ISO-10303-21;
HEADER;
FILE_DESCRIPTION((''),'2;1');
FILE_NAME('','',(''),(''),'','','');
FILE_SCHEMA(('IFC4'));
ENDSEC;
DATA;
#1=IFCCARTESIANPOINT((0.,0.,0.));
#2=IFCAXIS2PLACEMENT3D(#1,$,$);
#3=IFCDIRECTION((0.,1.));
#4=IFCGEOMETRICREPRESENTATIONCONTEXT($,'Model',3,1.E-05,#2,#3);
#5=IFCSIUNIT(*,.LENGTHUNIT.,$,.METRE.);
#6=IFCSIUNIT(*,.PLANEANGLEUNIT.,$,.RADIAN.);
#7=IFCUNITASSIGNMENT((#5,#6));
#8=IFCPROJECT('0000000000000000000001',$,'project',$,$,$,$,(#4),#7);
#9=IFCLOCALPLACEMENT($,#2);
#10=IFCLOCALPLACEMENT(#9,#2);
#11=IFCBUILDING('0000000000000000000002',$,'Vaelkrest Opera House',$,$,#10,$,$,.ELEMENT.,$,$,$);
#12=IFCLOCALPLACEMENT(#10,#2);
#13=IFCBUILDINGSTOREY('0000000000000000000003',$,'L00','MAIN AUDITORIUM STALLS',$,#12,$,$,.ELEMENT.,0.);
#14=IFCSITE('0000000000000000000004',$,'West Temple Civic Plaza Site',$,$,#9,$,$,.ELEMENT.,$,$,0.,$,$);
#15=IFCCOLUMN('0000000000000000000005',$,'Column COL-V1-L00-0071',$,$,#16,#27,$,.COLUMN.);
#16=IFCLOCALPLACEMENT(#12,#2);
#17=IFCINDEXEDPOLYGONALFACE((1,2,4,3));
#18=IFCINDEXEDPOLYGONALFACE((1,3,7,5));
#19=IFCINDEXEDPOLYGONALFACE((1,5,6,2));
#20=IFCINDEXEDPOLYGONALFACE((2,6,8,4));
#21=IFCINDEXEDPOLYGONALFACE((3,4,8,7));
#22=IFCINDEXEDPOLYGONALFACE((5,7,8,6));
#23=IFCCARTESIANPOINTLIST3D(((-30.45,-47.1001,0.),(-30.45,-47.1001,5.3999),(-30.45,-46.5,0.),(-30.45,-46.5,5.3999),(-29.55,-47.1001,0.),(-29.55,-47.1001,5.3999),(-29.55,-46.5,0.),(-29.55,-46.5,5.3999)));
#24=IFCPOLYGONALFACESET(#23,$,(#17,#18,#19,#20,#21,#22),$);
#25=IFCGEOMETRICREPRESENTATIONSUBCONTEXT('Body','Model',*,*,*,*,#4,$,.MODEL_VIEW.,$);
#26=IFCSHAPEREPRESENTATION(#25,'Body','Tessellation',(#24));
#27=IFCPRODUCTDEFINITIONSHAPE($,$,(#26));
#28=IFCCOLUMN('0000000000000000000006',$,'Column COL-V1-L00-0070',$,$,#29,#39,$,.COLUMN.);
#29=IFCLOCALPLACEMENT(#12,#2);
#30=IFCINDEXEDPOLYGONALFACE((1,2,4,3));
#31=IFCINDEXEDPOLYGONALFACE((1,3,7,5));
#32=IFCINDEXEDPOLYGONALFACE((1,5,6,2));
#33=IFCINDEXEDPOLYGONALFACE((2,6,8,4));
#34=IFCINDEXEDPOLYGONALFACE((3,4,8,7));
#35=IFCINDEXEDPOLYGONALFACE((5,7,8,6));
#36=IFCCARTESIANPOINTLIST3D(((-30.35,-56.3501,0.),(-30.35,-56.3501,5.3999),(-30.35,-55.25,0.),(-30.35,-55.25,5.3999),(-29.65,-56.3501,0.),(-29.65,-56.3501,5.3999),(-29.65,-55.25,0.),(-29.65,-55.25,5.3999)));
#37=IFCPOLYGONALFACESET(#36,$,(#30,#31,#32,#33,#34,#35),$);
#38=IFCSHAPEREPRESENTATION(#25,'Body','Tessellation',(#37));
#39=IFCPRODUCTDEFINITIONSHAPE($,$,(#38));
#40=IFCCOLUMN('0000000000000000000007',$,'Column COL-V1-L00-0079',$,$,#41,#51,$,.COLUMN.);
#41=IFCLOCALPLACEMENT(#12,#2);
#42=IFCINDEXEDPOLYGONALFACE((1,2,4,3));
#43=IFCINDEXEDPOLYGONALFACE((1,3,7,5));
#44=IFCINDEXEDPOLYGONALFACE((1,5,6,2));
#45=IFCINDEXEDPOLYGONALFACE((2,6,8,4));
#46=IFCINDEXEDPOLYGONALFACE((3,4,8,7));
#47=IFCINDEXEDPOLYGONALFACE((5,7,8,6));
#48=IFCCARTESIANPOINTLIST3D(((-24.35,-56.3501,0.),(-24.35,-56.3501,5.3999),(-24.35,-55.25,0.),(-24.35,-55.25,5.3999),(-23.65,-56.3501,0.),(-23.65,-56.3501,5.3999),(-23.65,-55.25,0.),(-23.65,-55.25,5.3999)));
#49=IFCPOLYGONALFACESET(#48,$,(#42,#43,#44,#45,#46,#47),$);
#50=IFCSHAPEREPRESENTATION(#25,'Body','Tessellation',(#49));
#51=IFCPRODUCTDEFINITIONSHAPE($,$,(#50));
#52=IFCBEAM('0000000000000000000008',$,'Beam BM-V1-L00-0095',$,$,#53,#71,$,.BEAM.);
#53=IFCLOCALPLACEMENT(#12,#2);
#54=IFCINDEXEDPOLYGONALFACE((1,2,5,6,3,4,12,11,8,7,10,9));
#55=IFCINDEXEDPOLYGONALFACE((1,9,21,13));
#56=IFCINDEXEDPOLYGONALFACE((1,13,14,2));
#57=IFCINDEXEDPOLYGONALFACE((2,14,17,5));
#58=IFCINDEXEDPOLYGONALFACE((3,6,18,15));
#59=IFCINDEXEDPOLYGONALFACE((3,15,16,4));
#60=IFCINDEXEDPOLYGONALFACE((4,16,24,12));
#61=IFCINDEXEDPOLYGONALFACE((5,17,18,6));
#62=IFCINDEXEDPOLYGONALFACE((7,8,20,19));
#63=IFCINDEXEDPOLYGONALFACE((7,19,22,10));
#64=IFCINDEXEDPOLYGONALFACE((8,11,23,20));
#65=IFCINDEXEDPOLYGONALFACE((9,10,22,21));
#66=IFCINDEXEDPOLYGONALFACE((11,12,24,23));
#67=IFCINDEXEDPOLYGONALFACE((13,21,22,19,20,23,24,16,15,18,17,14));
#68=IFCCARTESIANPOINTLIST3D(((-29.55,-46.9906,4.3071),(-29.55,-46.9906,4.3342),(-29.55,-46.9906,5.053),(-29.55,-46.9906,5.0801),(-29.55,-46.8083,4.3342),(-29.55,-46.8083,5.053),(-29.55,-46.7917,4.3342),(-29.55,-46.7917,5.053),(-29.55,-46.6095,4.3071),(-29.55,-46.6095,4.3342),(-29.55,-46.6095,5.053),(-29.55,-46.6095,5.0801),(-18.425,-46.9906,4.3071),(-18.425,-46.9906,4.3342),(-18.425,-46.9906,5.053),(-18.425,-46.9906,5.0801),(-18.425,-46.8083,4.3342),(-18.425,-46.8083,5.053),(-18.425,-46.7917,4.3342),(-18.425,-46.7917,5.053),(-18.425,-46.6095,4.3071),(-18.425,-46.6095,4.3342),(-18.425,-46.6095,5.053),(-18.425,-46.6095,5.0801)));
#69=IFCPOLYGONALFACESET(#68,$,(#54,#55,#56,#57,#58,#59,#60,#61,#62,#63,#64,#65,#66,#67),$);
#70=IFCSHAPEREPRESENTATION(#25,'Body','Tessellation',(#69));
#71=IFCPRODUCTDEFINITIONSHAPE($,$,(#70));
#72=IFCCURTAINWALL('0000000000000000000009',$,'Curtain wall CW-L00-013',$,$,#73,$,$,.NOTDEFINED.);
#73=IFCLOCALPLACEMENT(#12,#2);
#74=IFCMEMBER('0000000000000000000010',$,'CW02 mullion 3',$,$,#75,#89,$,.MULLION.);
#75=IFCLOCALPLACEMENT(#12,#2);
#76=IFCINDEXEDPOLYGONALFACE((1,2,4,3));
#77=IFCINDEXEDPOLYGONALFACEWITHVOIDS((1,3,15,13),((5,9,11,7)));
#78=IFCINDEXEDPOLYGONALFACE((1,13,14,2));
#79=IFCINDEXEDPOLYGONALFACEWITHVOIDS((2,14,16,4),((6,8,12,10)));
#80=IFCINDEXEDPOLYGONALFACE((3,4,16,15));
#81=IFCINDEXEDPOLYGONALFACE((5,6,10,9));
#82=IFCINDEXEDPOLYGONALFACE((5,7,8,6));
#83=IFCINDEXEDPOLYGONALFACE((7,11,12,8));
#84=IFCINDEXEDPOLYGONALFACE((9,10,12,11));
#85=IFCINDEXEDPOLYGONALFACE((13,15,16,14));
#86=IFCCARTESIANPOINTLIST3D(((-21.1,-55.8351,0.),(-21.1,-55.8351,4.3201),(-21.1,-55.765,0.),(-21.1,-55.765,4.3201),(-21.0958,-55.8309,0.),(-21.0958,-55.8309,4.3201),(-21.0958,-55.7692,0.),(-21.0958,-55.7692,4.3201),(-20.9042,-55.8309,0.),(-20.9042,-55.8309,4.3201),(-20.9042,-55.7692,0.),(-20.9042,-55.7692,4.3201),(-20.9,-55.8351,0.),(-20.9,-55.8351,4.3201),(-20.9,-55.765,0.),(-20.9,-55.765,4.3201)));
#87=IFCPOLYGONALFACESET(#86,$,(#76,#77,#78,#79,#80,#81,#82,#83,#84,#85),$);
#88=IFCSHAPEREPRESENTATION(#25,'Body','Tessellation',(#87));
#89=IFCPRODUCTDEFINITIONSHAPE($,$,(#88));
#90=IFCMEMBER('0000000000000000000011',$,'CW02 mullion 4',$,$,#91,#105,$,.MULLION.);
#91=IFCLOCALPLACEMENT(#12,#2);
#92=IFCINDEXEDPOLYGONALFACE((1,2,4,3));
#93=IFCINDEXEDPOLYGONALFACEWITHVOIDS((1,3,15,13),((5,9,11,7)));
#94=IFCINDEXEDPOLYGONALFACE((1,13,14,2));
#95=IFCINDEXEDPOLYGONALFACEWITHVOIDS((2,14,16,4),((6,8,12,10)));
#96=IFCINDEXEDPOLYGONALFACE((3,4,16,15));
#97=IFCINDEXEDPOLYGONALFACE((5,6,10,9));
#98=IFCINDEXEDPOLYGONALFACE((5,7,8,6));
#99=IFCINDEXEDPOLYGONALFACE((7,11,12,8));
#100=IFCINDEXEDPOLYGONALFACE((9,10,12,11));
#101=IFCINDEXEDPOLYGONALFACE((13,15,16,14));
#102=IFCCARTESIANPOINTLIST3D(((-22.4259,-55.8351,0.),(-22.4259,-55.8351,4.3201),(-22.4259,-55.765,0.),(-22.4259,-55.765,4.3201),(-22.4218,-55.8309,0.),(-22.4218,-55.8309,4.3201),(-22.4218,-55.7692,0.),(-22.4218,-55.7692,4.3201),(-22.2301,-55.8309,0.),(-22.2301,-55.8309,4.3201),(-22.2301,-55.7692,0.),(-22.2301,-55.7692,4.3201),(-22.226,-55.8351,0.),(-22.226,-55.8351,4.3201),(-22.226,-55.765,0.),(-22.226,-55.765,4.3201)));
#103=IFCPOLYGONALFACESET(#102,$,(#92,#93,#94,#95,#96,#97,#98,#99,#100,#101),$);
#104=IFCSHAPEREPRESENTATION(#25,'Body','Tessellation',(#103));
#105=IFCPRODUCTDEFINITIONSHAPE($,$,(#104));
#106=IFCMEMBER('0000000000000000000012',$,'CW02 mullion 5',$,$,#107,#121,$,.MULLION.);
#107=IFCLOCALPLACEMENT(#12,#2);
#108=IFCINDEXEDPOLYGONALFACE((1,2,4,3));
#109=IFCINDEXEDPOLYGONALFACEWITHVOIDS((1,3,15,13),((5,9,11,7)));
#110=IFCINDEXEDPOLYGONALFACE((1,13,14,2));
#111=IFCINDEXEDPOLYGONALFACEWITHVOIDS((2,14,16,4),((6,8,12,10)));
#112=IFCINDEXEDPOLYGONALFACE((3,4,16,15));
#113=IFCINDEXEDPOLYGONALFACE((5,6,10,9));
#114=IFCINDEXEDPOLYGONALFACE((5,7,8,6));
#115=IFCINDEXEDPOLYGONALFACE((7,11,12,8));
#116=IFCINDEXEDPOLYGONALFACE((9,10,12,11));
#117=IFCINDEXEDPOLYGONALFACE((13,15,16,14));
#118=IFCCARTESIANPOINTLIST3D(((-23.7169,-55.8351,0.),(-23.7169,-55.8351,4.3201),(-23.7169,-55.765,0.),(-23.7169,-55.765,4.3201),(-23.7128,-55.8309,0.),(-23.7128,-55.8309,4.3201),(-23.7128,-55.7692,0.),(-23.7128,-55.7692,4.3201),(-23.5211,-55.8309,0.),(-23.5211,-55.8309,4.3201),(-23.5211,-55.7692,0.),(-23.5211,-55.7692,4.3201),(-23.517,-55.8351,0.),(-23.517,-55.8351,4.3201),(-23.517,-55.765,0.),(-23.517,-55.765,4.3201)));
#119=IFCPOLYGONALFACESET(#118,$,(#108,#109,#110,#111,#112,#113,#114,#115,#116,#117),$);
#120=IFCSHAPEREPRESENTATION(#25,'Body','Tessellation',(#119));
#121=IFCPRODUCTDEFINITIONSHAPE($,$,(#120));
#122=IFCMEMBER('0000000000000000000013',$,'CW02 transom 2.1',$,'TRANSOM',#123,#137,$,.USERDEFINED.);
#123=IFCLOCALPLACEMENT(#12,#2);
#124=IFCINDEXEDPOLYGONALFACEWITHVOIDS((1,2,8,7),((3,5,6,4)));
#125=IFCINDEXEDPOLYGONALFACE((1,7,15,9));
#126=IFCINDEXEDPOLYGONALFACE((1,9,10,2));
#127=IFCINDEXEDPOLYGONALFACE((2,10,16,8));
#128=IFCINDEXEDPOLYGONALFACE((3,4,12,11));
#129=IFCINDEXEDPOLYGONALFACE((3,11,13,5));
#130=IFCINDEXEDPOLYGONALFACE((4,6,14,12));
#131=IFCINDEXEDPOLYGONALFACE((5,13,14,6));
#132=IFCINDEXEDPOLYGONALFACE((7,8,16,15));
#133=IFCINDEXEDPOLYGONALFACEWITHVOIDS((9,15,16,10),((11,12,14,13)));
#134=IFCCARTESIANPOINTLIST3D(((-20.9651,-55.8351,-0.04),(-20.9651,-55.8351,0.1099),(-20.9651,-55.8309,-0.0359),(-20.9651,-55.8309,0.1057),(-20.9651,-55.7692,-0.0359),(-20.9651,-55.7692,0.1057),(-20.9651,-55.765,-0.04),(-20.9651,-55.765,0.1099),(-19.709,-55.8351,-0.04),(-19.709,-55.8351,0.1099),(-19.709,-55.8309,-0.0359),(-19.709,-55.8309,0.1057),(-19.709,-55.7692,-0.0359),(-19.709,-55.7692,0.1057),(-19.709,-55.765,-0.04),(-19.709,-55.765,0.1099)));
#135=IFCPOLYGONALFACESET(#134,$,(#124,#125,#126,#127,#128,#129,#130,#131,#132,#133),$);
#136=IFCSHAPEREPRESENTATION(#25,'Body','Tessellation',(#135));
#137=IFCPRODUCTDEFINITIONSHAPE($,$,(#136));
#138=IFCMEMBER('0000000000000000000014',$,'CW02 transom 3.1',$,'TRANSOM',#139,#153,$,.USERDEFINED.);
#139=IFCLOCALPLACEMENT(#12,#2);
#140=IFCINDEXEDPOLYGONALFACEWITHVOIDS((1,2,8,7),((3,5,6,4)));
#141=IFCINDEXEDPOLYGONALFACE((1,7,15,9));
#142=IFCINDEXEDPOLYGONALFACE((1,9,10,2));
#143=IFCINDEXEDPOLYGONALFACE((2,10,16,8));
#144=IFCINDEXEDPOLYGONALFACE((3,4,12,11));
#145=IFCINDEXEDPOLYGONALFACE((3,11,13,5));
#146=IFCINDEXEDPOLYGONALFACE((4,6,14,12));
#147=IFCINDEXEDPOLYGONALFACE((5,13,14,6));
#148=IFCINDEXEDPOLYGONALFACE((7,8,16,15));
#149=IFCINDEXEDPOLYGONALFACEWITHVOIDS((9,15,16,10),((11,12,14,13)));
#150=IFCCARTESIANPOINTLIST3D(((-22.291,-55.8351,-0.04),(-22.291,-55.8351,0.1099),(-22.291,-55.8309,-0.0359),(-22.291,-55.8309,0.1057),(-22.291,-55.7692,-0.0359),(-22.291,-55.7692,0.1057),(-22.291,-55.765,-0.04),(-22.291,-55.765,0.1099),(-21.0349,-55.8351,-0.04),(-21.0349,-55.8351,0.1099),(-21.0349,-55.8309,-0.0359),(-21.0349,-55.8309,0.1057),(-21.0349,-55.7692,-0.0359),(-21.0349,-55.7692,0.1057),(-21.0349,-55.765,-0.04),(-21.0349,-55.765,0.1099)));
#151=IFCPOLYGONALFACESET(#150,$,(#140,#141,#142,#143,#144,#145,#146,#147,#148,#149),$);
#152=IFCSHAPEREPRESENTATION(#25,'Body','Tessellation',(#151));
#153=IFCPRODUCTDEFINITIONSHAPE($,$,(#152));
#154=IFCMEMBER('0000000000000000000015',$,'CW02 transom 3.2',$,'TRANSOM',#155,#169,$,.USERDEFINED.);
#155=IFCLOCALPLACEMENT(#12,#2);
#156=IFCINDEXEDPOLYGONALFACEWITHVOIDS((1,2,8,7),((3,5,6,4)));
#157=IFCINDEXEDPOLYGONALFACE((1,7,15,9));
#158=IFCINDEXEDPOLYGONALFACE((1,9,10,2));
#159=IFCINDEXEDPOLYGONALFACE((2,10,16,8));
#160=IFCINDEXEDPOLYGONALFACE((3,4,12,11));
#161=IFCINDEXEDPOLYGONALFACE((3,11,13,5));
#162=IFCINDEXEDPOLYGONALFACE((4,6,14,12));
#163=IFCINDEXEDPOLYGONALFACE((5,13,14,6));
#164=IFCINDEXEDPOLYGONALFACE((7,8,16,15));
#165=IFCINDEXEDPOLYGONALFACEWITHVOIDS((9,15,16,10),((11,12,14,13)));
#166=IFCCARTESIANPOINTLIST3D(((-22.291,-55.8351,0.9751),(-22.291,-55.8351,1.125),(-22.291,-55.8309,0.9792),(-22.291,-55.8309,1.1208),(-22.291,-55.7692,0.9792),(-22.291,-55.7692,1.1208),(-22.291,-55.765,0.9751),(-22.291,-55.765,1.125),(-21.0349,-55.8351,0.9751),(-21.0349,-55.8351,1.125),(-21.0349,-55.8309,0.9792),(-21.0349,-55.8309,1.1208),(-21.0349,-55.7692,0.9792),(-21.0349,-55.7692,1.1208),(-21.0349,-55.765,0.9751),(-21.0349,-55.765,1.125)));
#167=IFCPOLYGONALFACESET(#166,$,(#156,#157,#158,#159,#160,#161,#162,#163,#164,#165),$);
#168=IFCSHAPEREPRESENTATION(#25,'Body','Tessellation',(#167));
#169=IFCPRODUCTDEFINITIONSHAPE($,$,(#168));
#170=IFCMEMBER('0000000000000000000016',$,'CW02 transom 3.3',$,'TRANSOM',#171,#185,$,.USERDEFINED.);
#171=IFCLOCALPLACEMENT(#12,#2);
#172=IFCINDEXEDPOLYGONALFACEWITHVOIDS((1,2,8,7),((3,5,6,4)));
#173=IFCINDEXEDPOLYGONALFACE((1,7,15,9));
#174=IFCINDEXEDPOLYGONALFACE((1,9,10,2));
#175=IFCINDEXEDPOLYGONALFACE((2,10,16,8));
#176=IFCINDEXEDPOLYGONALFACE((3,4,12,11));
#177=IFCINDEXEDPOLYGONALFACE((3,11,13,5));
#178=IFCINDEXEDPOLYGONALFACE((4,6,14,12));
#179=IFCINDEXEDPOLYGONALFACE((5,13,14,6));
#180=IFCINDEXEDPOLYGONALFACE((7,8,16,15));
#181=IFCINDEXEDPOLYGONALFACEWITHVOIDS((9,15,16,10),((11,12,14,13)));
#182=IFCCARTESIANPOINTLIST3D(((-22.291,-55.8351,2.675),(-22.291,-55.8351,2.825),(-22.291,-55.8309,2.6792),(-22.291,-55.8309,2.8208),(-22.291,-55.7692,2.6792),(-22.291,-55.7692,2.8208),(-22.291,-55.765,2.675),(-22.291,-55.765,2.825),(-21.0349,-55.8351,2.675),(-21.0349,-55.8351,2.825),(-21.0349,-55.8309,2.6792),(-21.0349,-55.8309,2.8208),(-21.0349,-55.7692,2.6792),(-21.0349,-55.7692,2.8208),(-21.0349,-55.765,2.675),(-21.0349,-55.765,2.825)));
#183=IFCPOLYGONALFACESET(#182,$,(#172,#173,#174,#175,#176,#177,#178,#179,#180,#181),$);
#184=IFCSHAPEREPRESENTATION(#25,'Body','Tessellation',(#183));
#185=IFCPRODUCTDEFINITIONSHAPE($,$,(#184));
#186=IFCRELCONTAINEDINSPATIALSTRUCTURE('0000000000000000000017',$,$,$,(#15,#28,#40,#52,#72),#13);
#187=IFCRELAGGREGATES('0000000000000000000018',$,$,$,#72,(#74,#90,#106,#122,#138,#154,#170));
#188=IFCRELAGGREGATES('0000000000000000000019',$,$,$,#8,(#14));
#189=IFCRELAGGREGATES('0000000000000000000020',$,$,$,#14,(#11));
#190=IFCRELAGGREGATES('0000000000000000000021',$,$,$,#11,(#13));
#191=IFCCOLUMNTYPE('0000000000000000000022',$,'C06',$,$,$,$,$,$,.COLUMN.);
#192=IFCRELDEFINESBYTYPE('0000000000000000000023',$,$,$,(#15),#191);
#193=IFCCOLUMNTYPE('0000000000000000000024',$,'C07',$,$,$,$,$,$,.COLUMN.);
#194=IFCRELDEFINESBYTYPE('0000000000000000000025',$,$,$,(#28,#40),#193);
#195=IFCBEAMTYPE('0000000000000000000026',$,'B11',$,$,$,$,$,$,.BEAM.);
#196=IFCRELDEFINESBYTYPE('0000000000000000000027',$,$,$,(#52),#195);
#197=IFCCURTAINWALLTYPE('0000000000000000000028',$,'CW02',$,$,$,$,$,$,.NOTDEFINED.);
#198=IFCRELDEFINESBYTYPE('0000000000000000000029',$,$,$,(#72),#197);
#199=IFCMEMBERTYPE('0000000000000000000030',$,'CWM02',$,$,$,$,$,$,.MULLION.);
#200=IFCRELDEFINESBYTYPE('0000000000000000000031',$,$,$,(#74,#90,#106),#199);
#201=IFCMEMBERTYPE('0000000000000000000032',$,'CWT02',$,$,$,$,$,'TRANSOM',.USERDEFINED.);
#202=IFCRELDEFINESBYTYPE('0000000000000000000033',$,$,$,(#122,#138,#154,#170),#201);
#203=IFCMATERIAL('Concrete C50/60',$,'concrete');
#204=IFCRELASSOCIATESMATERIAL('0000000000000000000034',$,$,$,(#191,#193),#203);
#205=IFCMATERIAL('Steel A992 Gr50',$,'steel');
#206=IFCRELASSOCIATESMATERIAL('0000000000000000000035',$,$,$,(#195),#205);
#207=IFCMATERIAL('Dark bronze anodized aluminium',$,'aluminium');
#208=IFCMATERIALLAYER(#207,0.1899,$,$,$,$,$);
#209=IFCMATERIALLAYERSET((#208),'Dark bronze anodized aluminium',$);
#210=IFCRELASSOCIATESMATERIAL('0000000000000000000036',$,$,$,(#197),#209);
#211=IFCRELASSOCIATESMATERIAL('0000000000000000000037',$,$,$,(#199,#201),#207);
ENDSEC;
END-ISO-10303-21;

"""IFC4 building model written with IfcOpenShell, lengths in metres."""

from ifc_helpers import new_model, si_unit, direction, frame, origin, origin_2d, place, context, subcontext, project, spatial, rectangle, hollow_rectangle, i_section, extrude, material, layer, layer_set, material_profile, profile_set, type_object, element, aggregate, save


model = new_model("IFC4")

# Units and contexts
model_context = context("Model", 3, precision=1e-05, world=origin(), true_north=direction((0.0, 1.0)))
body_context = subcontext(model_context, "Body", "Model", "MODEL_VIEW")
ifc_project = project(units=[si_unit("LENGTHUNIT", "METRE"), si_unit("PLANEANGLEUNIT", "RADIAN")], contexts=[model_context])

# Site, building, storey
site_placement = place(None, origin())
site = spatial("IfcSite", under=ifc_project, at=site_placement, Name="West Temple Civic Plaza Site", CompositionType="ELEMENT", RefElevation=0.0)
building_placement = place(site_placement, origin())
building = spatial("IfcBuilding", under=site, at=building_placement, Name="Vaelkrest Opera House", CompositionType="ELEMENT")
storey_placement = place(building_placement, origin())
storey = spatial("IfcBuildingStorey", under=building, at=storey_placement, Name="L00", Description="MAIN AUDITORIUM STALLS", CompositionType="ELEMENT", Elevation=0.0)

# Columns
ifc_material_1 = material(Name="Concrete C50/60", Category="concrete")
ifc_material_profile_1 = material_profile(ifc_material_1, rectangle(XDim=0.6001, YDim=0.8999, at=origin_2d()), Name="RC600X900")
ifc_profile_set_1 = profile_set([ifc_material_profile_1], Name="Concrete C50/60")
column_type_1 = type_object("IfcColumnType", Name="C06", PredefinedType="COLUMN", material=ifc_profile_set_1)
column_placement = place(storey_placement, frame((-30.0, -46.8, 0.0), z_axis=(0.0, 0.0, 1.0), x_axis=(0.0, 1.0, 0.0)))
element("IfcColumn", 1, at=column_placement, inside=storey, type_object=column_type_1, Name="Column COL-V1-L00-0071", PredefinedType="COLUMN", context=body_context, shape_type="SweptSolid", body=[
    extrude(rectangle(XDim=0.6001, YDim=0.8999, at=origin_2d()), origin(), (0.0, 0.0, 1.0), 5.3999),
])
ifc_material_profile_2 = material_profile(ifc_material_1, rectangle(XDim=0.7, YDim=1.1001, at=origin_2d()), Name="RC700X1100")
ifc_profile_set_2 = profile_set([ifc_material_profile_2], Name="Concrete C50/60")
column_type_2 = type_object("IfcColumnType", Name="C07", PredefinedType="COLUMN", material=ifc_profile_set_2)
for number, where, z_axis, x_axis, name in (
    (2, (-30.0, -55.8, 0.0), (0.0, 0.0, 1.0), (1.0, 0.0, 0.0), "Column COL-V1-L00-0070"),
    (3, (-24.0, -55.8, 0.0), (0.0, 0.0, 1.0), (1.0, 0.0, 0.0), "Column COL-V1-L00-0079"),
):
    element("IfcColumn", number, at=place(storey_placement, frame(where, z_axis=z_axis, x_axis=x_axis)), inside=storey, type_object=column_type_2, Name=name, PredefinedType="COLUMN", context=body_context, shape_type="SweptSolid", body=[
        extrude(rectangle(XDim=0.7, YDim=1.1001, at=origin_2d()), origin(), (0.0, 0.0, 1.0), 5.3999),
    ])

# Beam
ifc_material_2 = material(Name="Steel A992 Gr50", Category="steel")
ifc_material_profile_3 = material_profile(ifc_material_2, i_section(OverallWidth=0.3811, OverallDepth=0.7729, WebThickness=0.0166, FlangeThickness=0.0271, at=origin_2d()), Name="W30X173")
ifc_profile_set_3 = profile_set([ifc_material_profile_3], Name="Steel A992 Gr50")
beam_type_1 = type_object("IfcBeamType", Name="B11", PredefinedType="BEAM", material=ifc_profile_set_3)
beam_1_placement = place(storey_placement, frame((-29.55, -46.8, 4.6936), z_axis=(1.0, 0.0, 0.0), x_axis=(0.0, 1.0, 0.0)))
element("IfcBeam", 4, at=beam_1_placement, inside=storey, type_object=beam_type_1, Name="Beam BM-V1-L00-0095", PredefinedType="BEAM", context=body_context, shape_type="SweptSolid", body=[
    extrude(i_section(OverallWidth=0.3811, OverallDepth=0.7729, WebThickness=0.0166, FlangeThickness=0.0271, at=origin_2d()), origin(), (0.0, 0.0, 1.0), 11.125),
])

# Curtain wall, members
ifc_material_3 = material(Name="Dark bronze anodized aluminium", Category="aluminium")
ifc_layer_1 = layer(ifc_material_3, 0.1899)
ifc_layer_set_1 = layer_set([ifc_layer_1], Name="Dark bronze anodized aluminium")
curtain_wall_type = type_object("IfcCurtainWallType", Name="CW02", PredefinedType="NOTDEFINED", material=ifc_layer_set_1)
curtain_wall_placement = place(storey_placement, origin())
curtain_wall = element("IfcCurtainWall", 5, at=curtain_wall_placement, inside=storey, type_object=curtain_wall_type, Name="Curtain wall CW-L00-013", PredefinedType="NOTDEFINED")
ifc_material_profile_4 = material_profile(ifc_material_3, hollow_rectangle(XDim=0.0701, YDim=0.2, WallThickness=0.0042, at=origin_2d()), Name="CWM70X200")
ifc_profile_set_4 = profile_set([ifc_material_profile_4], Name="Dark bronze anodized aluminium")
member_type_1 = type_object("IfcMemberType", Name="CWM02", PredefinedType="MULLION", material=ifc_profile_set_4)
member_1_placement = place(storey_placement, frame((-21.0, -55.8, 0.0), z_axis=(0.0, 0.0, 1.0), x_axis=(0.0, -1.0, 0.0)))
member_1 = element("IfcMember", 6, at=member_1_placement, type_object=member_type_1, Name="CW02 mullion 3", PredefinedType="MULLION", context=body_context, shape_type="SweptSolid", body=[
    extrude(hollow_rectangle(XDim=0.0701, YDim=0.2, WallThickness=0.0042, at=origin_2d()), origin(), (0.0, 0.0, 1.0), 4.3201),
])
member_2_placement = place(storey_placement, frame((-22.3259, -55.8, 0.0), z_axis=(0.0, 0.0, 1.0), x_axis=(0.0, -1.0, 0.0)))
member_2 = element("IfcMember", 7, at=member_2_placement, type_object=member_type_1, Name="CW02 mullion 4", PredefinedType="MULLION", context=body_context, shape_type="SweptSolid", body=[
    extrude(hollow_rectangle(XDim=0.0701, YDim=0.2, WallThickness=0.0042, at=origin_2d()), origin(), (0.0, 0.0, 1.0), 4.3201),
])
member_3_placement = place(storey_placement, frame((-23.6169, -55.8, 0.0), z_axis=(0.0, 0.0, 1.0), x_axis=(0.0, -1.0, 0.0)))
member_3 = element("IfcMember", 8, at=member_3_placement, type_object=member_type_1, Name="CW02 mullion 5", PredefinedType="MULLION", context=body_context, shape_type="SweptSolid", body=[
    extrude(hollow_rectangle(XDim=0.0701, YDim=0.2, WallThickness=0.0042, at=origin_2d()), origin(), (0.0, 0.0, 1.0), 4.3201),
])
ifc_material_profile_5 = material_profile(ifc_material_3, hollow_rectangle(XDim=0.0701, YDim=0.1499, WallThickness=0.0042, at=origin_2d()), Name="CWT70X150")
ifc_profile_set_5 = profile_set([ifc_material_profile_5], Name="Dark bronze anodized aluminium")
member_type_2 = type_object("IfcMemberType", Name="CWT02", ElementType="TRANSOM", PredefinedType="USERDEFINED", material=ifc_profile_set_5)
member_4_placement = place(storey_placement, frame((-19.709, -55.8, 0.0349), z_axis=(-1.0, 0.0, 0.0), x_axis=(0.0, -1.0, 0.0)))
member_4 = element("IfcMember", 9, at=member_4_placement, type_object=member_type_2, Name="CW02 transom 2.1", ObjectType="TRANSOM", PredefinedType="USERDEFINED", context=body_context, shape_type="SweptSolid", body=[
    extrude(hollow_rectangle(XDim=0.0701, YDim=0.1499, WallThickness=0.0042, at=origin_2d()), origin(), (0.0, 0.0, 1.0), 1.2561),
])
member_5_placement = place(storey_placement, frame((-21.0349, -55.8, 0.0349), z_axis=(-1.0, 0.0, 0.0), x_axis=(0.0, -1.0, 0.0)))
member_5 = element("IfcMember", 10, at=member_5_placement, type_object=member_type_2, Name="CW02 transom 3.1", ObjectType="TRANSOM", PredefinedType="USERDEFINED", context=body_context, shape_type="SweptSolid", body=[
    extrude(hollow_rectangle(XDim=0.0701, YDim=0.1499, WallThickness=0.0042, at=origin_2d()), origin(), (0.0, 0.0, 1.0), 1.2561),
])
member_6_placement = place(storey_placement, frame((-21.0349, -55.8, 1.05), z_axis=(-1.0, 0.0, 0.0), x_axis=(0.0, -1.0, 0.0)))
member_6 = element("IfcMember", 11, at=member_6_placement, type_object=member_type_2, Name="CW02 transom 3.2", ObjectType="TRANSOM", PredefinedType="USERDEFINED", context=body_context, shape_type="SweptSolid", body=[
    extrude(hollow_rectangle(XDim=0.0701, YDim=0.1499, WallThickness=0.0042, at=origin_2d()), origin(), (0.0, 0.0, 1.0), 1.2561),
])
member_7_placement = place(storey_placement, frame((-21.0349, -55.8, 2.75), z_axis=(-1.0, 0.0, 0.0), x_axis=(0.0, -1.0, 0.0)))
member_7 = element("IfcMember", 12, at=member_7_placement, type_object=member_type_2, Name="CW02 transom 3.3", ObjectType="TRANSOM", PredefinedType="USERDEFINED", context=body_context, shape_type="SweptSolid", body=[
    extrude(hollow_rectangle(XDim=0.0701, YDim=0.1499, WallThickness=0.0042, at=origin_2d()), origin(), (0.0, 0.0, 1.0), 1.2561),
])

aggregate(curtain_wall, [member_1, member_2, member_3, member_4, member_5, member_6, member_7])

save(model, "model.ifc")
